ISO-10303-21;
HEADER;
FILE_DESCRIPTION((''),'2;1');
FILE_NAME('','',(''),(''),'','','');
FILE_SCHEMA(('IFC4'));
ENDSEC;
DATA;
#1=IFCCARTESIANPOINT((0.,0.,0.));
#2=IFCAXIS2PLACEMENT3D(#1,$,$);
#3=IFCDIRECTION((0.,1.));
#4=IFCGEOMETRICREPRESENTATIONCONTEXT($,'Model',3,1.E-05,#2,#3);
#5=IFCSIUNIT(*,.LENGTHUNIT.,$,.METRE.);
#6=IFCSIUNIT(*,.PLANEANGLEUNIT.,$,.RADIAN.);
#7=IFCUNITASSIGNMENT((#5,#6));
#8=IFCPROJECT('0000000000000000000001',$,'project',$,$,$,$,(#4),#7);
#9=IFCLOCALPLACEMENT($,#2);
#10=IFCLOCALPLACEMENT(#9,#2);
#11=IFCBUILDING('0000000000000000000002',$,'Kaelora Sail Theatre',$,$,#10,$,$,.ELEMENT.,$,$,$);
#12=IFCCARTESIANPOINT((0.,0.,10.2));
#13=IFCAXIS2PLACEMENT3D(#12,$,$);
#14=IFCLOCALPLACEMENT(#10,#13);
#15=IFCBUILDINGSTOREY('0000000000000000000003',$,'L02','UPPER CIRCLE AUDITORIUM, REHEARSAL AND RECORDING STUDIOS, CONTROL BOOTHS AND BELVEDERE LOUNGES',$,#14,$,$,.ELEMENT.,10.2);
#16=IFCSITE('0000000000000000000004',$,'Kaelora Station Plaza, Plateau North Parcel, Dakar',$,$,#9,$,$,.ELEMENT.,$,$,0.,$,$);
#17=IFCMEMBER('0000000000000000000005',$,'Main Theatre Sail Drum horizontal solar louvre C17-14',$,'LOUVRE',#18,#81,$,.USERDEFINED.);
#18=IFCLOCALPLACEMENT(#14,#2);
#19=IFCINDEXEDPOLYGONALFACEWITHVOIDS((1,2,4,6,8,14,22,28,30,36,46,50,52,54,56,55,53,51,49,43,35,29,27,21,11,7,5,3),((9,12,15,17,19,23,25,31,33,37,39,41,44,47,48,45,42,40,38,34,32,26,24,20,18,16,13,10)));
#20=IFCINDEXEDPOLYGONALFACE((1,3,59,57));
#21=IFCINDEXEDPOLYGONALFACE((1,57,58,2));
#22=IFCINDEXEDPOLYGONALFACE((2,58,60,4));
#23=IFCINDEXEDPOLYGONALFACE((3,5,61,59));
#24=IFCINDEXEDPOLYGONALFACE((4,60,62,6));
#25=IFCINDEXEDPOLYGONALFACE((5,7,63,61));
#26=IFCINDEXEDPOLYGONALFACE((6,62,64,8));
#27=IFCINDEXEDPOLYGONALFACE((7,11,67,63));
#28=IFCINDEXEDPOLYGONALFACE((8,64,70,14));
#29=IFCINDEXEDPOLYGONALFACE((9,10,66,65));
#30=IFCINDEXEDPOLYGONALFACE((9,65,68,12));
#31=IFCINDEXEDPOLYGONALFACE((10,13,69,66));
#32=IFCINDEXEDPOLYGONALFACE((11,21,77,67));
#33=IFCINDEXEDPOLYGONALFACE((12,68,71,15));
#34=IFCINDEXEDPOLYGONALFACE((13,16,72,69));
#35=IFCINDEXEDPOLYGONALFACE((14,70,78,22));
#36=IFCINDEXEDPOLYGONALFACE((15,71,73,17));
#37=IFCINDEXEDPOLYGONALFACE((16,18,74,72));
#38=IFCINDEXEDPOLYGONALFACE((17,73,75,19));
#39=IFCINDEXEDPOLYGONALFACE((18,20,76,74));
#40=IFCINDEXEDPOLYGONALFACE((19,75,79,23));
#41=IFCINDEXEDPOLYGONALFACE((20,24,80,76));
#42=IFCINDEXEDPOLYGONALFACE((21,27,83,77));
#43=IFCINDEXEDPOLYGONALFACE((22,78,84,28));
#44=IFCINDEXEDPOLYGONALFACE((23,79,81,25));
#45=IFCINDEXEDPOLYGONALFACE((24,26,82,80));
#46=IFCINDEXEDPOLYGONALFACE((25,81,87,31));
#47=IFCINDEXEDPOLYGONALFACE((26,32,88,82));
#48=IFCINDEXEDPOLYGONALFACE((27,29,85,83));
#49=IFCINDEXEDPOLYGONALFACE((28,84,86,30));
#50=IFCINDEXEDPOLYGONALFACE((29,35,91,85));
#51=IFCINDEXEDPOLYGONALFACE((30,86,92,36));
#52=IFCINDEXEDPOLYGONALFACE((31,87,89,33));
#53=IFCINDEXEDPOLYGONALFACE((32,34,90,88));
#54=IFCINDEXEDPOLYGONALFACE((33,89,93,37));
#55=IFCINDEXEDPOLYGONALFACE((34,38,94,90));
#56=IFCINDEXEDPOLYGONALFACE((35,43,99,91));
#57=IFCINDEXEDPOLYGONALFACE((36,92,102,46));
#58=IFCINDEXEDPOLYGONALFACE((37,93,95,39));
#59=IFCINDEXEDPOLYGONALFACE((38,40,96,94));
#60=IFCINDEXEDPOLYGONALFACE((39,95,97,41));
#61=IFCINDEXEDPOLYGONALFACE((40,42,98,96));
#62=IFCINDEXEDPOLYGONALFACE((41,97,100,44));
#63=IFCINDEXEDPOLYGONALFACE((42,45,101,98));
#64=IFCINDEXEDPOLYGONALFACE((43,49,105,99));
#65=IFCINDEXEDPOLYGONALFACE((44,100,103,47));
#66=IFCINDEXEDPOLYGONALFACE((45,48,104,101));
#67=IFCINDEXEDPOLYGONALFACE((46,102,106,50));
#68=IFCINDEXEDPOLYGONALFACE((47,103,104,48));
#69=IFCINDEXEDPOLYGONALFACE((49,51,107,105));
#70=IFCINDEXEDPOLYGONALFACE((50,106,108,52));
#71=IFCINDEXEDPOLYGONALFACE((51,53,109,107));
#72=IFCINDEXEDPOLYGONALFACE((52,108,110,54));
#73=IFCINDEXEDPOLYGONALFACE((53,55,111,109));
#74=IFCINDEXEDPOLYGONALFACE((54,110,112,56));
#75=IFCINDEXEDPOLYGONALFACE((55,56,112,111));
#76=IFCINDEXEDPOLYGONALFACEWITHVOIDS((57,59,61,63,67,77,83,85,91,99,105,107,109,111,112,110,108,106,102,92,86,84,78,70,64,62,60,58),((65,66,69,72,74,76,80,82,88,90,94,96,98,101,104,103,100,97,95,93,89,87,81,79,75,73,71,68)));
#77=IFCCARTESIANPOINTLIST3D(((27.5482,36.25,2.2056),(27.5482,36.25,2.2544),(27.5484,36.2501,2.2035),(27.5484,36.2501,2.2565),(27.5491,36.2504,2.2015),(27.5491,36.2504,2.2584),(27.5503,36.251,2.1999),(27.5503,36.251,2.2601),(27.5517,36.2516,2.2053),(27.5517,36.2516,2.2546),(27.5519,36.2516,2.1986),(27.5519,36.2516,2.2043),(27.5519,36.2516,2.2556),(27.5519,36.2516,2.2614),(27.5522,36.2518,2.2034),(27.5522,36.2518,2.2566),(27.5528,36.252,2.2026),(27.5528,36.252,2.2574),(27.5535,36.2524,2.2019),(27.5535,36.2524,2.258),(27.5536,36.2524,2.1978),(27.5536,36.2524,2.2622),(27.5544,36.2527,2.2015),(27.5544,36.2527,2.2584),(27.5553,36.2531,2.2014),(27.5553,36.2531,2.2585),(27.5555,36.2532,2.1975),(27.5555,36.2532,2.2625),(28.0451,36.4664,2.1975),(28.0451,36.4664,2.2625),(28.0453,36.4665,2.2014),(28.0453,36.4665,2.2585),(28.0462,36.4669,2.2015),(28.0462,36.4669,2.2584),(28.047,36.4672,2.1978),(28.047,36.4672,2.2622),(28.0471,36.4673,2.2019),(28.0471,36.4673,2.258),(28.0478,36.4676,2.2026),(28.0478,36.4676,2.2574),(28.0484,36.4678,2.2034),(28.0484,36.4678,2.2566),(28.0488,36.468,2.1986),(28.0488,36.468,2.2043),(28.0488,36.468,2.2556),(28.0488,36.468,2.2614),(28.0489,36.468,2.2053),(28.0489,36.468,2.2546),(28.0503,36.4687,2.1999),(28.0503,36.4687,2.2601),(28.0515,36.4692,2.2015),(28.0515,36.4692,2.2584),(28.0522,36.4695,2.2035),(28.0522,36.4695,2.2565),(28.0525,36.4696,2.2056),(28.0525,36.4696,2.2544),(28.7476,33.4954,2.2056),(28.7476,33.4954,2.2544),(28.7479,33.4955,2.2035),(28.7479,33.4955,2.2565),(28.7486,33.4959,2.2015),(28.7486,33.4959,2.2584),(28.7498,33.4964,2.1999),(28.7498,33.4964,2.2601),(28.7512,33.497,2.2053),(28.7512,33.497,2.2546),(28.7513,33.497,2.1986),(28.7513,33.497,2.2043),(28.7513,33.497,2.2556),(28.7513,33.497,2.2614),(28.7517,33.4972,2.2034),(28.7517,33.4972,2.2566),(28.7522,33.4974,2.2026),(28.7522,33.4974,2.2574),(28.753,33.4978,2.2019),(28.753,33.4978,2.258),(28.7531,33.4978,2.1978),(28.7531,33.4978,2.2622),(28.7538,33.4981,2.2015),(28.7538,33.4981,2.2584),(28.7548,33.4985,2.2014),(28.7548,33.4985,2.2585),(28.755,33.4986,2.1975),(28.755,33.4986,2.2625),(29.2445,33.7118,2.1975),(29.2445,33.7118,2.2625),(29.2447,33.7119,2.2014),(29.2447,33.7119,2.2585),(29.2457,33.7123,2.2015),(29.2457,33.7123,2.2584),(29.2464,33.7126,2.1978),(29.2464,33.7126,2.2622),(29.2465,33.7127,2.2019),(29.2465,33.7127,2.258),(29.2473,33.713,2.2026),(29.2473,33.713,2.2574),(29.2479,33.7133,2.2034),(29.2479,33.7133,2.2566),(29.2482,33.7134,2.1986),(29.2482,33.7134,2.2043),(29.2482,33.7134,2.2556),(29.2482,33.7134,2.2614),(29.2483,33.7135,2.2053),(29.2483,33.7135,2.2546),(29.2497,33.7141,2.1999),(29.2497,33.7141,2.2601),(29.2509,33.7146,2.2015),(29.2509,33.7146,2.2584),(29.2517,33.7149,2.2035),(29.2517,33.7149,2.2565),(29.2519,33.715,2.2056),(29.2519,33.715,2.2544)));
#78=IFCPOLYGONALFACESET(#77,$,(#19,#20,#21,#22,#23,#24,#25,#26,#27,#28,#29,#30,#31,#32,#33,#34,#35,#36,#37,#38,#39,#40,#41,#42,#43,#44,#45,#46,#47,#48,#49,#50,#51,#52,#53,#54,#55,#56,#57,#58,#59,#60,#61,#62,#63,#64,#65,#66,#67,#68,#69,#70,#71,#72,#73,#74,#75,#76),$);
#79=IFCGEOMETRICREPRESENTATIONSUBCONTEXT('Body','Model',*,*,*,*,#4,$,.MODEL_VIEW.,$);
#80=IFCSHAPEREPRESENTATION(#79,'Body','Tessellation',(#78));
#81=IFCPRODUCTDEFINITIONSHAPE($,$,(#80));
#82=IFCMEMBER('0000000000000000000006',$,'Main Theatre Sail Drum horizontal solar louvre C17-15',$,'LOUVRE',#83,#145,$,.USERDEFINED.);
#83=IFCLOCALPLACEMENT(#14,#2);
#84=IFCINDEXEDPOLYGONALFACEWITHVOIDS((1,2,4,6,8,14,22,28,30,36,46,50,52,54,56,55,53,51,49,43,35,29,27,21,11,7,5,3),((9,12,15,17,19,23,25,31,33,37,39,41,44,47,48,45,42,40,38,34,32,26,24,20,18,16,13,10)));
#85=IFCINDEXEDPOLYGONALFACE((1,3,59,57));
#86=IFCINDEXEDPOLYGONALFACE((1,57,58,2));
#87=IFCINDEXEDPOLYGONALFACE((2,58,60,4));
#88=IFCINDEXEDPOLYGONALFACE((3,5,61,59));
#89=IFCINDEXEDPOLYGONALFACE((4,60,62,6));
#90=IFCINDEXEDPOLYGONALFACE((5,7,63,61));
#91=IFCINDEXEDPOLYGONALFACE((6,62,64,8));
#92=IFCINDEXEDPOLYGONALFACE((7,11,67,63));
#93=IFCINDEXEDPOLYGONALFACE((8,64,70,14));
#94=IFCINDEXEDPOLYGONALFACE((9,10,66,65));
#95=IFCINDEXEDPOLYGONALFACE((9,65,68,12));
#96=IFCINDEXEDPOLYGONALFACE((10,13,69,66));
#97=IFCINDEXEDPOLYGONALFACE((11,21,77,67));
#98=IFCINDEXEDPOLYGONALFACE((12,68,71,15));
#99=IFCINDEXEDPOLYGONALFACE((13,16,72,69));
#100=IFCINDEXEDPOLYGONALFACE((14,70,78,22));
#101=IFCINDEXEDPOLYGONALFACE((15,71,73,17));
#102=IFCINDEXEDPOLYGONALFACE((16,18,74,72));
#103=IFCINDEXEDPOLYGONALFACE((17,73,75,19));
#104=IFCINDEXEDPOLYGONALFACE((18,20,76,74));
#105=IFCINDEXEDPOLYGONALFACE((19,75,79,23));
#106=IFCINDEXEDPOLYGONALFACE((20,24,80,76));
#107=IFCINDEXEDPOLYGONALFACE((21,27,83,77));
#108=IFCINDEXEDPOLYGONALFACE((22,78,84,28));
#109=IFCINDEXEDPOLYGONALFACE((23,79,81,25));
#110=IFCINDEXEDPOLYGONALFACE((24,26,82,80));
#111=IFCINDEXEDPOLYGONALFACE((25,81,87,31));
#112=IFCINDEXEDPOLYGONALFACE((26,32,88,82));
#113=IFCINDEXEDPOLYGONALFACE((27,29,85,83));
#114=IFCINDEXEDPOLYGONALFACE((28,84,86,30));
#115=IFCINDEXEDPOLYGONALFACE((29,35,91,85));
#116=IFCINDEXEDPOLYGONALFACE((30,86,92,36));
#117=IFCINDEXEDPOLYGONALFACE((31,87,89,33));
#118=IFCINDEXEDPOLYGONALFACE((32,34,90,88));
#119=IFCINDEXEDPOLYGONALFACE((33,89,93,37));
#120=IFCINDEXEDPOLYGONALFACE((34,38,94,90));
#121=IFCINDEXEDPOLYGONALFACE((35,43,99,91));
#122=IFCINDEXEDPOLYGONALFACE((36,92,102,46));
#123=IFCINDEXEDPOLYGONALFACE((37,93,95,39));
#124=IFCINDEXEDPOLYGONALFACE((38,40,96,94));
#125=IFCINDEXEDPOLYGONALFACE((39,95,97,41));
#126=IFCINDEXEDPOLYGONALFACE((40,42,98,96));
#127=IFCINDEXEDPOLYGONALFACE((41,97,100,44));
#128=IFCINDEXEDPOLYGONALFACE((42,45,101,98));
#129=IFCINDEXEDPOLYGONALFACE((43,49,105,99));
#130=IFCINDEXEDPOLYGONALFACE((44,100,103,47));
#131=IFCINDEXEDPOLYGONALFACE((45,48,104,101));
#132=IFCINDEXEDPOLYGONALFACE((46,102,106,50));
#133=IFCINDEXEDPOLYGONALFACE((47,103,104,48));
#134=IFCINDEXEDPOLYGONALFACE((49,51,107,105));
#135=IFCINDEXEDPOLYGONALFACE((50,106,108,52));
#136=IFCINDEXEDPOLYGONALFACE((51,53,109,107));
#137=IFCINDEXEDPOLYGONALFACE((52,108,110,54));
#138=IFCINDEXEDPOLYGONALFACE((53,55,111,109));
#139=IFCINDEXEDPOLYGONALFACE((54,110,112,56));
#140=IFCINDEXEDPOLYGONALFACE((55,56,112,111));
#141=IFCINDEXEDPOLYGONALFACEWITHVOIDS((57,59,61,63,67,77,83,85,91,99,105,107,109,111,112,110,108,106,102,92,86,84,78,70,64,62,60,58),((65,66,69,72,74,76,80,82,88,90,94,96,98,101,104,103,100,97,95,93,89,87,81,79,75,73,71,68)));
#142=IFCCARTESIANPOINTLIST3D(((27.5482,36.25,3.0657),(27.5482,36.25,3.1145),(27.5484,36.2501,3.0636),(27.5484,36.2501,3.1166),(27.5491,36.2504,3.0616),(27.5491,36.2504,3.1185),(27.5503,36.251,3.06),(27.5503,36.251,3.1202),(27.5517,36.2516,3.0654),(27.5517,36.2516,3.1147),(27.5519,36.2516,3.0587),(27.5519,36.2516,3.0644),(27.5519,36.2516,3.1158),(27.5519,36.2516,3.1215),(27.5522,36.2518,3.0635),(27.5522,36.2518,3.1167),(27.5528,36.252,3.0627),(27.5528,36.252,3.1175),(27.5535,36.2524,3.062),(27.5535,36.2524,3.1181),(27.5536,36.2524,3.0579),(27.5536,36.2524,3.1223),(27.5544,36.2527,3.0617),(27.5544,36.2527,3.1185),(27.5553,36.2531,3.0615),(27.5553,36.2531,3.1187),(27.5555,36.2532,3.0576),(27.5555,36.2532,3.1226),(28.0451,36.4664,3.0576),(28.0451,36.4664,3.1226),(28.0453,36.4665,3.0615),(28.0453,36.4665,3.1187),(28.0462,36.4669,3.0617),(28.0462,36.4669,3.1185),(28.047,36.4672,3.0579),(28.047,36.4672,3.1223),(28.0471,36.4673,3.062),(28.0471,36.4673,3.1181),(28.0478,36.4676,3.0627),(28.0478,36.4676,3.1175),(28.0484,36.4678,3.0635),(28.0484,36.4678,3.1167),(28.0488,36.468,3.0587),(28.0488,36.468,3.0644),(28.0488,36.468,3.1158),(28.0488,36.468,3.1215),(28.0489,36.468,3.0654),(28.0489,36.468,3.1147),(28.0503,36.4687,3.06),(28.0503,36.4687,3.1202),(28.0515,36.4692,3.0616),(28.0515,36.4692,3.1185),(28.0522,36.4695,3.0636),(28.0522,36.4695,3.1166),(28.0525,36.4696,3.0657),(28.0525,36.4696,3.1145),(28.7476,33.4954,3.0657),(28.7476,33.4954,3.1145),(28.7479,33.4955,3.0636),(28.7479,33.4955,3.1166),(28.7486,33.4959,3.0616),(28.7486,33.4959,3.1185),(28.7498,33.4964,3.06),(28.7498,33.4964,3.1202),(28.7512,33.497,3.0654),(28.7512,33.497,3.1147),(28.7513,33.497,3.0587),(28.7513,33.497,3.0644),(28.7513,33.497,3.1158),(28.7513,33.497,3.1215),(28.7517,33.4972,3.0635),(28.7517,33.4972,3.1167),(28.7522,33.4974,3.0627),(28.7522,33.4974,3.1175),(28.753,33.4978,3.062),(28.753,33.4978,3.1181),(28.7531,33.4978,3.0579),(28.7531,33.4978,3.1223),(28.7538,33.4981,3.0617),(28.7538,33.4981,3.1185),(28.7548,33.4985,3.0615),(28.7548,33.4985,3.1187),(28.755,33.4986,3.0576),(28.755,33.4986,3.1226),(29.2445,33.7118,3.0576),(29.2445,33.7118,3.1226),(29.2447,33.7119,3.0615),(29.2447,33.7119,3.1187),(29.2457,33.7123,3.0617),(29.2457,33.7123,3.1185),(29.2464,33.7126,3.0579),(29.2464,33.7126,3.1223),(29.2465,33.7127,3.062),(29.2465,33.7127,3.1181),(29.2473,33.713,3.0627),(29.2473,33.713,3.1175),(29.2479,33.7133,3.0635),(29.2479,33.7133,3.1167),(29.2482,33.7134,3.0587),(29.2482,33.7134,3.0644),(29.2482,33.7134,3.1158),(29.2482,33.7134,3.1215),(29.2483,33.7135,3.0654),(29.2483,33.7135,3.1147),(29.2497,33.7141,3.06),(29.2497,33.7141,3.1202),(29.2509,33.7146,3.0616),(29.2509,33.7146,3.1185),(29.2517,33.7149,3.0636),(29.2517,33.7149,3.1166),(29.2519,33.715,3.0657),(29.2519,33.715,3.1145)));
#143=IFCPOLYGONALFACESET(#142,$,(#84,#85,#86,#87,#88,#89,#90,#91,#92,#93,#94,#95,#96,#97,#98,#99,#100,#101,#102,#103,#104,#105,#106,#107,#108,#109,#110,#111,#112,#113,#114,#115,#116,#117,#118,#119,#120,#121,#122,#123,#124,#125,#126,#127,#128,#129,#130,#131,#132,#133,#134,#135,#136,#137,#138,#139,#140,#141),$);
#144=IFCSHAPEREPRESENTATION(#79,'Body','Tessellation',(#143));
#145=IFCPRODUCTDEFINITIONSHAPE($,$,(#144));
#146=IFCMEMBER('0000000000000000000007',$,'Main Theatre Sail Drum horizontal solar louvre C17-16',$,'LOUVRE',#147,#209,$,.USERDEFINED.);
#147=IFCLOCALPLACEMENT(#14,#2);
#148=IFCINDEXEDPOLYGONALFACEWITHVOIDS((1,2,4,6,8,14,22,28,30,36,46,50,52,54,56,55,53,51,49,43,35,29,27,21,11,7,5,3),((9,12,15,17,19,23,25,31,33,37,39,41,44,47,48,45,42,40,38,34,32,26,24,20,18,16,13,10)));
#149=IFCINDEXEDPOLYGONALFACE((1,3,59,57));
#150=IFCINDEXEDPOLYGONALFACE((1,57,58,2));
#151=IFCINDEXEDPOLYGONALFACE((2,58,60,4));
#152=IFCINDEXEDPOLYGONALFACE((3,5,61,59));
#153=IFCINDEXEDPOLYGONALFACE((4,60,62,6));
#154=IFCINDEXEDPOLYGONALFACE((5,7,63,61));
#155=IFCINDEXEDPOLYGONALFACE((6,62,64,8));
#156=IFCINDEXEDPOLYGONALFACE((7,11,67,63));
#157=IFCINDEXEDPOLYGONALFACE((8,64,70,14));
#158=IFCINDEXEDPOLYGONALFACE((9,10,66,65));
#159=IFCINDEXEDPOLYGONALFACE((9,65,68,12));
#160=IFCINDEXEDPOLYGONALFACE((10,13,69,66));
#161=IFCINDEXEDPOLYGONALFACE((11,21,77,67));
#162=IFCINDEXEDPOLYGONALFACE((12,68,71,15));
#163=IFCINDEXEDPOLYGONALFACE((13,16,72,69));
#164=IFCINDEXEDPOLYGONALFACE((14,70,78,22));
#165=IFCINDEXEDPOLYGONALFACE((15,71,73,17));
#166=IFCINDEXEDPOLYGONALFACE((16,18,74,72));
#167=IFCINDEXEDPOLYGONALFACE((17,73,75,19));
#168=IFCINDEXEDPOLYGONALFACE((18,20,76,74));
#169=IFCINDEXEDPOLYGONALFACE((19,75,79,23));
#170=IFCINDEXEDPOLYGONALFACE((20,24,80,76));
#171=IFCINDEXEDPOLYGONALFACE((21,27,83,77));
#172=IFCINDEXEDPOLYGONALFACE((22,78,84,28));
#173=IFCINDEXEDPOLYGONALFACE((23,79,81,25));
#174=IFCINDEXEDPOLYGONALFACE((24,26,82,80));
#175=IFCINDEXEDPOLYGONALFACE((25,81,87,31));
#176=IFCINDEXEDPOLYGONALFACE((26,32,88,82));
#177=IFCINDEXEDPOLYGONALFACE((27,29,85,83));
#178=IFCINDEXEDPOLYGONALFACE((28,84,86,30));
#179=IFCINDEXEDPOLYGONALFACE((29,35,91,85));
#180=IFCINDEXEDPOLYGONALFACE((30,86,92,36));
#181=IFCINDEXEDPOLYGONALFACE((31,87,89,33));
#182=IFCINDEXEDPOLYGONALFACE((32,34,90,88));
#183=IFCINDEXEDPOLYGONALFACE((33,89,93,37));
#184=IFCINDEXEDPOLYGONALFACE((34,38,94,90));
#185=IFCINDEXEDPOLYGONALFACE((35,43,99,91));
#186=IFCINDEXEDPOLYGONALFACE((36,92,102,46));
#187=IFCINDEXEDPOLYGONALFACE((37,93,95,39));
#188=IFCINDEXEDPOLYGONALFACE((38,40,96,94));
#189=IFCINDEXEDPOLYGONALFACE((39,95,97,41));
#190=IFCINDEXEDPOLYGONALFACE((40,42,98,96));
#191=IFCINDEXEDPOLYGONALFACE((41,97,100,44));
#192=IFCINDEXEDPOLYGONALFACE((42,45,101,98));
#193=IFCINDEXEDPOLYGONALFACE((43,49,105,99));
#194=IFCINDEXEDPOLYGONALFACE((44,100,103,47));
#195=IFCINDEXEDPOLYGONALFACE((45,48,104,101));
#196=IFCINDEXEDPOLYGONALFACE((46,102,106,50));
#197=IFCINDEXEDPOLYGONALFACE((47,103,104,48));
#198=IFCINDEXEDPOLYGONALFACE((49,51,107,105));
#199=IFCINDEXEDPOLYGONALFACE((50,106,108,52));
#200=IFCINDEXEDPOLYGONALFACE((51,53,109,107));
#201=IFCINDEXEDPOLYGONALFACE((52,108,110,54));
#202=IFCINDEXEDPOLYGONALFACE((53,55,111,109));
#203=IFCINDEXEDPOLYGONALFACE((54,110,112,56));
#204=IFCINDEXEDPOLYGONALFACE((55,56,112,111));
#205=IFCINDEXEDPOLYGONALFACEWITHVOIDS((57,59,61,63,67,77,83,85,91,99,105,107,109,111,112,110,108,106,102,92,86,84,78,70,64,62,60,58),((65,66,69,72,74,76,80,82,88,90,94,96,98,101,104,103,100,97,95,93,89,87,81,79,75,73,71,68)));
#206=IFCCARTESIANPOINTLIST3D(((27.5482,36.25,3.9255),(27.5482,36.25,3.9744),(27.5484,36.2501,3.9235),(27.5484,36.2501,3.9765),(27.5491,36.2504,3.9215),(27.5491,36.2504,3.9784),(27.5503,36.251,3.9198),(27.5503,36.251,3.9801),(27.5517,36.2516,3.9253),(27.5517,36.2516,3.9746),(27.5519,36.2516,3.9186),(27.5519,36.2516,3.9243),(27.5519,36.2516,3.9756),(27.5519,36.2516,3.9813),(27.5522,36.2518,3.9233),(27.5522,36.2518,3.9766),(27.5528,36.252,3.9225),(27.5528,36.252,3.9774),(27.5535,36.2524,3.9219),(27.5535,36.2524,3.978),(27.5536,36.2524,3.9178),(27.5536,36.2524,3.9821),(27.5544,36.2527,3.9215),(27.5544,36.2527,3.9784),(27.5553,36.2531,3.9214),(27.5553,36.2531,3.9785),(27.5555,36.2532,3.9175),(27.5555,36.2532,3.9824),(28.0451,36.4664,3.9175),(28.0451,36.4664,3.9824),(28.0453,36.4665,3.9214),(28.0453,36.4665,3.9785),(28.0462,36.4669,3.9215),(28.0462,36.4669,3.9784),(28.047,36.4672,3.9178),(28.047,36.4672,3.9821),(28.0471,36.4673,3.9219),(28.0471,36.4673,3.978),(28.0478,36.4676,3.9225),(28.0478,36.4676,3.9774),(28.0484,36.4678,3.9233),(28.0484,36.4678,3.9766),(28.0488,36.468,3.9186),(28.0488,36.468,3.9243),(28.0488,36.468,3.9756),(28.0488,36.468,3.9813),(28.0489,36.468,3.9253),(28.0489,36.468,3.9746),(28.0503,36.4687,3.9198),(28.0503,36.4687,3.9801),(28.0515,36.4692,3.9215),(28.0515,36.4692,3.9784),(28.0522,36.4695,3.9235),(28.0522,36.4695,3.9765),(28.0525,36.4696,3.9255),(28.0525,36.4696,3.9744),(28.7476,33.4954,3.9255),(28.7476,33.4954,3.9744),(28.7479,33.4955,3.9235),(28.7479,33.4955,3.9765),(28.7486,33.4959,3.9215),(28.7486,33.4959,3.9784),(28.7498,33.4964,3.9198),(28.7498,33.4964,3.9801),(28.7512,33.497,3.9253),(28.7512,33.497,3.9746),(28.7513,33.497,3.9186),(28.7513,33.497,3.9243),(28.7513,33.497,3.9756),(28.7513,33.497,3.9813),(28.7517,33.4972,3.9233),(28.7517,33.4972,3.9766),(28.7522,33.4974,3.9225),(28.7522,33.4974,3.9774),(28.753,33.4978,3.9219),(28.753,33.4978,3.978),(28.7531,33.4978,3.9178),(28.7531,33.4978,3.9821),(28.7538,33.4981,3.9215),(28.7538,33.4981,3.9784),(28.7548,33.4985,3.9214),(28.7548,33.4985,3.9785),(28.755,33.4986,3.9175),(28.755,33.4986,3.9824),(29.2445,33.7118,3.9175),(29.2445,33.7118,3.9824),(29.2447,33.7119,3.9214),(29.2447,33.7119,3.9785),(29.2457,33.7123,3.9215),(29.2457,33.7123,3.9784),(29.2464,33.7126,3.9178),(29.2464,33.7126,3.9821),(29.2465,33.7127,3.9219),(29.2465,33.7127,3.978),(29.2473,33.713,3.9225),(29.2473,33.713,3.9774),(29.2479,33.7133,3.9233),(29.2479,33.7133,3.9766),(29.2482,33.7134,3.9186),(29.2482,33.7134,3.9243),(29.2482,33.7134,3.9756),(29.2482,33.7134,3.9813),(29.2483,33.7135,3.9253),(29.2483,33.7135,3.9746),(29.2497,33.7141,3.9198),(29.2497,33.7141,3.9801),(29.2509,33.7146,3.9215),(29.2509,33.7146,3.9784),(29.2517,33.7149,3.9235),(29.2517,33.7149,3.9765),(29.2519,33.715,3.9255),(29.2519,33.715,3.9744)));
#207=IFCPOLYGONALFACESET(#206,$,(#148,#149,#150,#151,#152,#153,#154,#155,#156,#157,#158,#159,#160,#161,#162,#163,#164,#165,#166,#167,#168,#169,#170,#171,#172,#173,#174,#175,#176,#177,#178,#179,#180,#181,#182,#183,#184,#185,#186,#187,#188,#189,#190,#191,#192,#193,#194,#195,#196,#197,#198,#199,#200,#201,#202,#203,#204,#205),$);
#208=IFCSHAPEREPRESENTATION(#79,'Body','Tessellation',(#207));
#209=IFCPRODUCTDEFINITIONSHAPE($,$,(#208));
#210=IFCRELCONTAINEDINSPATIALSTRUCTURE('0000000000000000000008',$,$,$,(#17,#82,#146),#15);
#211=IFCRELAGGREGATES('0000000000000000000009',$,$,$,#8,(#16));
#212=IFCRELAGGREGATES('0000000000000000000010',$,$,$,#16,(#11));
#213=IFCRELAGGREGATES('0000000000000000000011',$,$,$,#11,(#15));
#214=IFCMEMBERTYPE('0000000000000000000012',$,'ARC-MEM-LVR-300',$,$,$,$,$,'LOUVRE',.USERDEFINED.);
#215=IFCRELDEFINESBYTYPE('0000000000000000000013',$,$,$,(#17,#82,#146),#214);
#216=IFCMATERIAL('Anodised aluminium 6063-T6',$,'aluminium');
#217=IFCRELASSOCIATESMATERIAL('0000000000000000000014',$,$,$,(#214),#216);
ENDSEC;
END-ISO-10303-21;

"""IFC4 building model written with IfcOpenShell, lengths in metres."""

from ifc_helpers import new_model, si_unit, direction, frame, origin, origin_2d, place, context, subcontext, project, spatial, hollow_rectangle, extrude, material, material_profile, profile_set, type_object, element, save


model = new_model("IFC4")

# Units and contexts
model_context = context("Model", 3, precision=1e-05, world=origin(), true_north=direction((0.0, 1.0)))
body_context = subcontext(model_context, "Body", "Model", "MODEL_VIEW")
ifc_project = project(units=[si_unit("LENGTHUNIT", "METRE"), si_unit("PLANEANGLEUNIT", "RADIAN")], contexts=[model_context])

# Site, building, storey
site_placement = place(None, origin())
site = spatial("IfcSite", under=ifc_project, at=site_placement, Name="Kaelora Station Plaza, Plateau North Parcel, Dakar", CompositionType="ELEMENT", RefElevation=0.0)
building_placement = place(site_placement, origin())
building = spatial("IfcBuilding", under=site, at=building_placement, Name="Kaelora Sail Theatre", CompositionType="ELEMENT")
storey_placement = place(building_placement, frame((0.0, 0.0, 10.2)))
storey = spatial("IfcBuildingStorey", under=building, at=storey_placement, Name="L02", Description="UPPER CIRCLE AUDITORIUM, REHEARSAL AND RECORDING STUDIOS, CONTROL BOOTHS AND BELVEDERE LOUNGES", CompositionType="ELEMENT", Elevation=10.2)

# Members
ifc_material_1 = material(Name="Anodised aluminium 6063-T6", Category="aluminium")
ifc_material_profile_1 = material_profile(ifc_material_1, hollow_rectangle(XDim=0.55, YDim=0.0649, WallThickness=0.0039, InnerFilletRadius=0.0039, OuterFilletRadius=0.0081, at=origin_2d()), Name="LOUVRE 550x65x4")
ifc_profile_set_1 = profile_set([ifc_material_profile_1], Name="Anodised aluminium 6063-T6")
member_type = type_object("IfcMemberType", Name="ARC-MEM-LVR-300", ElementType="LOUVRE", PredefinedType="USERDEFINED", material=ifc_profile_set_1)
for number, where, z_axis, x_axis, name in (
    (1, (28.9998, 33.6052, 2.23), (-0.399228, 0.916852, 0.0), (-0.916852, -0.399228, 0.0), "Main Theatre Sail Drum horizontal solar louvre C17-14"),
    (2, (28.9998, 33.6052, 3.0901), (-0.399228, 0.916852, 0.0), (-0.916852, -0.399228, 0.0), "Main Theatre Sail Drum horizontal solar louvre C17-15"),
    (3, (28.9998, 33.6052, 3.95), (-0.399228, 0.916852, 0.0), (-0.916852, -0.399228, 0.0), "Main Theatre Sail Drum horizontal solar louvre C17-16"),
):
    element("IfcMember", number, at=place(storey_placement, frame(where, z_axis=z_axis, x_axis=x_axis)), inside=storey, type_object=member_type, Name=name, ObjectType="LOUVRE", PredefinedType="USERDEFINED", context=body_context, shape_type="SweptSolid", body=[
        extrude(hollow_rectangle(XDim=0.55, YDim=0.0649, WallThickness=0.0039, InnerFilletRadius=0.0039, OuterFilletRadius=0.0081, at=origin_2d()), origin(), (0.0, 0.0, 1.0), 3.0044),
    ])

save(model, "model.ifc")
